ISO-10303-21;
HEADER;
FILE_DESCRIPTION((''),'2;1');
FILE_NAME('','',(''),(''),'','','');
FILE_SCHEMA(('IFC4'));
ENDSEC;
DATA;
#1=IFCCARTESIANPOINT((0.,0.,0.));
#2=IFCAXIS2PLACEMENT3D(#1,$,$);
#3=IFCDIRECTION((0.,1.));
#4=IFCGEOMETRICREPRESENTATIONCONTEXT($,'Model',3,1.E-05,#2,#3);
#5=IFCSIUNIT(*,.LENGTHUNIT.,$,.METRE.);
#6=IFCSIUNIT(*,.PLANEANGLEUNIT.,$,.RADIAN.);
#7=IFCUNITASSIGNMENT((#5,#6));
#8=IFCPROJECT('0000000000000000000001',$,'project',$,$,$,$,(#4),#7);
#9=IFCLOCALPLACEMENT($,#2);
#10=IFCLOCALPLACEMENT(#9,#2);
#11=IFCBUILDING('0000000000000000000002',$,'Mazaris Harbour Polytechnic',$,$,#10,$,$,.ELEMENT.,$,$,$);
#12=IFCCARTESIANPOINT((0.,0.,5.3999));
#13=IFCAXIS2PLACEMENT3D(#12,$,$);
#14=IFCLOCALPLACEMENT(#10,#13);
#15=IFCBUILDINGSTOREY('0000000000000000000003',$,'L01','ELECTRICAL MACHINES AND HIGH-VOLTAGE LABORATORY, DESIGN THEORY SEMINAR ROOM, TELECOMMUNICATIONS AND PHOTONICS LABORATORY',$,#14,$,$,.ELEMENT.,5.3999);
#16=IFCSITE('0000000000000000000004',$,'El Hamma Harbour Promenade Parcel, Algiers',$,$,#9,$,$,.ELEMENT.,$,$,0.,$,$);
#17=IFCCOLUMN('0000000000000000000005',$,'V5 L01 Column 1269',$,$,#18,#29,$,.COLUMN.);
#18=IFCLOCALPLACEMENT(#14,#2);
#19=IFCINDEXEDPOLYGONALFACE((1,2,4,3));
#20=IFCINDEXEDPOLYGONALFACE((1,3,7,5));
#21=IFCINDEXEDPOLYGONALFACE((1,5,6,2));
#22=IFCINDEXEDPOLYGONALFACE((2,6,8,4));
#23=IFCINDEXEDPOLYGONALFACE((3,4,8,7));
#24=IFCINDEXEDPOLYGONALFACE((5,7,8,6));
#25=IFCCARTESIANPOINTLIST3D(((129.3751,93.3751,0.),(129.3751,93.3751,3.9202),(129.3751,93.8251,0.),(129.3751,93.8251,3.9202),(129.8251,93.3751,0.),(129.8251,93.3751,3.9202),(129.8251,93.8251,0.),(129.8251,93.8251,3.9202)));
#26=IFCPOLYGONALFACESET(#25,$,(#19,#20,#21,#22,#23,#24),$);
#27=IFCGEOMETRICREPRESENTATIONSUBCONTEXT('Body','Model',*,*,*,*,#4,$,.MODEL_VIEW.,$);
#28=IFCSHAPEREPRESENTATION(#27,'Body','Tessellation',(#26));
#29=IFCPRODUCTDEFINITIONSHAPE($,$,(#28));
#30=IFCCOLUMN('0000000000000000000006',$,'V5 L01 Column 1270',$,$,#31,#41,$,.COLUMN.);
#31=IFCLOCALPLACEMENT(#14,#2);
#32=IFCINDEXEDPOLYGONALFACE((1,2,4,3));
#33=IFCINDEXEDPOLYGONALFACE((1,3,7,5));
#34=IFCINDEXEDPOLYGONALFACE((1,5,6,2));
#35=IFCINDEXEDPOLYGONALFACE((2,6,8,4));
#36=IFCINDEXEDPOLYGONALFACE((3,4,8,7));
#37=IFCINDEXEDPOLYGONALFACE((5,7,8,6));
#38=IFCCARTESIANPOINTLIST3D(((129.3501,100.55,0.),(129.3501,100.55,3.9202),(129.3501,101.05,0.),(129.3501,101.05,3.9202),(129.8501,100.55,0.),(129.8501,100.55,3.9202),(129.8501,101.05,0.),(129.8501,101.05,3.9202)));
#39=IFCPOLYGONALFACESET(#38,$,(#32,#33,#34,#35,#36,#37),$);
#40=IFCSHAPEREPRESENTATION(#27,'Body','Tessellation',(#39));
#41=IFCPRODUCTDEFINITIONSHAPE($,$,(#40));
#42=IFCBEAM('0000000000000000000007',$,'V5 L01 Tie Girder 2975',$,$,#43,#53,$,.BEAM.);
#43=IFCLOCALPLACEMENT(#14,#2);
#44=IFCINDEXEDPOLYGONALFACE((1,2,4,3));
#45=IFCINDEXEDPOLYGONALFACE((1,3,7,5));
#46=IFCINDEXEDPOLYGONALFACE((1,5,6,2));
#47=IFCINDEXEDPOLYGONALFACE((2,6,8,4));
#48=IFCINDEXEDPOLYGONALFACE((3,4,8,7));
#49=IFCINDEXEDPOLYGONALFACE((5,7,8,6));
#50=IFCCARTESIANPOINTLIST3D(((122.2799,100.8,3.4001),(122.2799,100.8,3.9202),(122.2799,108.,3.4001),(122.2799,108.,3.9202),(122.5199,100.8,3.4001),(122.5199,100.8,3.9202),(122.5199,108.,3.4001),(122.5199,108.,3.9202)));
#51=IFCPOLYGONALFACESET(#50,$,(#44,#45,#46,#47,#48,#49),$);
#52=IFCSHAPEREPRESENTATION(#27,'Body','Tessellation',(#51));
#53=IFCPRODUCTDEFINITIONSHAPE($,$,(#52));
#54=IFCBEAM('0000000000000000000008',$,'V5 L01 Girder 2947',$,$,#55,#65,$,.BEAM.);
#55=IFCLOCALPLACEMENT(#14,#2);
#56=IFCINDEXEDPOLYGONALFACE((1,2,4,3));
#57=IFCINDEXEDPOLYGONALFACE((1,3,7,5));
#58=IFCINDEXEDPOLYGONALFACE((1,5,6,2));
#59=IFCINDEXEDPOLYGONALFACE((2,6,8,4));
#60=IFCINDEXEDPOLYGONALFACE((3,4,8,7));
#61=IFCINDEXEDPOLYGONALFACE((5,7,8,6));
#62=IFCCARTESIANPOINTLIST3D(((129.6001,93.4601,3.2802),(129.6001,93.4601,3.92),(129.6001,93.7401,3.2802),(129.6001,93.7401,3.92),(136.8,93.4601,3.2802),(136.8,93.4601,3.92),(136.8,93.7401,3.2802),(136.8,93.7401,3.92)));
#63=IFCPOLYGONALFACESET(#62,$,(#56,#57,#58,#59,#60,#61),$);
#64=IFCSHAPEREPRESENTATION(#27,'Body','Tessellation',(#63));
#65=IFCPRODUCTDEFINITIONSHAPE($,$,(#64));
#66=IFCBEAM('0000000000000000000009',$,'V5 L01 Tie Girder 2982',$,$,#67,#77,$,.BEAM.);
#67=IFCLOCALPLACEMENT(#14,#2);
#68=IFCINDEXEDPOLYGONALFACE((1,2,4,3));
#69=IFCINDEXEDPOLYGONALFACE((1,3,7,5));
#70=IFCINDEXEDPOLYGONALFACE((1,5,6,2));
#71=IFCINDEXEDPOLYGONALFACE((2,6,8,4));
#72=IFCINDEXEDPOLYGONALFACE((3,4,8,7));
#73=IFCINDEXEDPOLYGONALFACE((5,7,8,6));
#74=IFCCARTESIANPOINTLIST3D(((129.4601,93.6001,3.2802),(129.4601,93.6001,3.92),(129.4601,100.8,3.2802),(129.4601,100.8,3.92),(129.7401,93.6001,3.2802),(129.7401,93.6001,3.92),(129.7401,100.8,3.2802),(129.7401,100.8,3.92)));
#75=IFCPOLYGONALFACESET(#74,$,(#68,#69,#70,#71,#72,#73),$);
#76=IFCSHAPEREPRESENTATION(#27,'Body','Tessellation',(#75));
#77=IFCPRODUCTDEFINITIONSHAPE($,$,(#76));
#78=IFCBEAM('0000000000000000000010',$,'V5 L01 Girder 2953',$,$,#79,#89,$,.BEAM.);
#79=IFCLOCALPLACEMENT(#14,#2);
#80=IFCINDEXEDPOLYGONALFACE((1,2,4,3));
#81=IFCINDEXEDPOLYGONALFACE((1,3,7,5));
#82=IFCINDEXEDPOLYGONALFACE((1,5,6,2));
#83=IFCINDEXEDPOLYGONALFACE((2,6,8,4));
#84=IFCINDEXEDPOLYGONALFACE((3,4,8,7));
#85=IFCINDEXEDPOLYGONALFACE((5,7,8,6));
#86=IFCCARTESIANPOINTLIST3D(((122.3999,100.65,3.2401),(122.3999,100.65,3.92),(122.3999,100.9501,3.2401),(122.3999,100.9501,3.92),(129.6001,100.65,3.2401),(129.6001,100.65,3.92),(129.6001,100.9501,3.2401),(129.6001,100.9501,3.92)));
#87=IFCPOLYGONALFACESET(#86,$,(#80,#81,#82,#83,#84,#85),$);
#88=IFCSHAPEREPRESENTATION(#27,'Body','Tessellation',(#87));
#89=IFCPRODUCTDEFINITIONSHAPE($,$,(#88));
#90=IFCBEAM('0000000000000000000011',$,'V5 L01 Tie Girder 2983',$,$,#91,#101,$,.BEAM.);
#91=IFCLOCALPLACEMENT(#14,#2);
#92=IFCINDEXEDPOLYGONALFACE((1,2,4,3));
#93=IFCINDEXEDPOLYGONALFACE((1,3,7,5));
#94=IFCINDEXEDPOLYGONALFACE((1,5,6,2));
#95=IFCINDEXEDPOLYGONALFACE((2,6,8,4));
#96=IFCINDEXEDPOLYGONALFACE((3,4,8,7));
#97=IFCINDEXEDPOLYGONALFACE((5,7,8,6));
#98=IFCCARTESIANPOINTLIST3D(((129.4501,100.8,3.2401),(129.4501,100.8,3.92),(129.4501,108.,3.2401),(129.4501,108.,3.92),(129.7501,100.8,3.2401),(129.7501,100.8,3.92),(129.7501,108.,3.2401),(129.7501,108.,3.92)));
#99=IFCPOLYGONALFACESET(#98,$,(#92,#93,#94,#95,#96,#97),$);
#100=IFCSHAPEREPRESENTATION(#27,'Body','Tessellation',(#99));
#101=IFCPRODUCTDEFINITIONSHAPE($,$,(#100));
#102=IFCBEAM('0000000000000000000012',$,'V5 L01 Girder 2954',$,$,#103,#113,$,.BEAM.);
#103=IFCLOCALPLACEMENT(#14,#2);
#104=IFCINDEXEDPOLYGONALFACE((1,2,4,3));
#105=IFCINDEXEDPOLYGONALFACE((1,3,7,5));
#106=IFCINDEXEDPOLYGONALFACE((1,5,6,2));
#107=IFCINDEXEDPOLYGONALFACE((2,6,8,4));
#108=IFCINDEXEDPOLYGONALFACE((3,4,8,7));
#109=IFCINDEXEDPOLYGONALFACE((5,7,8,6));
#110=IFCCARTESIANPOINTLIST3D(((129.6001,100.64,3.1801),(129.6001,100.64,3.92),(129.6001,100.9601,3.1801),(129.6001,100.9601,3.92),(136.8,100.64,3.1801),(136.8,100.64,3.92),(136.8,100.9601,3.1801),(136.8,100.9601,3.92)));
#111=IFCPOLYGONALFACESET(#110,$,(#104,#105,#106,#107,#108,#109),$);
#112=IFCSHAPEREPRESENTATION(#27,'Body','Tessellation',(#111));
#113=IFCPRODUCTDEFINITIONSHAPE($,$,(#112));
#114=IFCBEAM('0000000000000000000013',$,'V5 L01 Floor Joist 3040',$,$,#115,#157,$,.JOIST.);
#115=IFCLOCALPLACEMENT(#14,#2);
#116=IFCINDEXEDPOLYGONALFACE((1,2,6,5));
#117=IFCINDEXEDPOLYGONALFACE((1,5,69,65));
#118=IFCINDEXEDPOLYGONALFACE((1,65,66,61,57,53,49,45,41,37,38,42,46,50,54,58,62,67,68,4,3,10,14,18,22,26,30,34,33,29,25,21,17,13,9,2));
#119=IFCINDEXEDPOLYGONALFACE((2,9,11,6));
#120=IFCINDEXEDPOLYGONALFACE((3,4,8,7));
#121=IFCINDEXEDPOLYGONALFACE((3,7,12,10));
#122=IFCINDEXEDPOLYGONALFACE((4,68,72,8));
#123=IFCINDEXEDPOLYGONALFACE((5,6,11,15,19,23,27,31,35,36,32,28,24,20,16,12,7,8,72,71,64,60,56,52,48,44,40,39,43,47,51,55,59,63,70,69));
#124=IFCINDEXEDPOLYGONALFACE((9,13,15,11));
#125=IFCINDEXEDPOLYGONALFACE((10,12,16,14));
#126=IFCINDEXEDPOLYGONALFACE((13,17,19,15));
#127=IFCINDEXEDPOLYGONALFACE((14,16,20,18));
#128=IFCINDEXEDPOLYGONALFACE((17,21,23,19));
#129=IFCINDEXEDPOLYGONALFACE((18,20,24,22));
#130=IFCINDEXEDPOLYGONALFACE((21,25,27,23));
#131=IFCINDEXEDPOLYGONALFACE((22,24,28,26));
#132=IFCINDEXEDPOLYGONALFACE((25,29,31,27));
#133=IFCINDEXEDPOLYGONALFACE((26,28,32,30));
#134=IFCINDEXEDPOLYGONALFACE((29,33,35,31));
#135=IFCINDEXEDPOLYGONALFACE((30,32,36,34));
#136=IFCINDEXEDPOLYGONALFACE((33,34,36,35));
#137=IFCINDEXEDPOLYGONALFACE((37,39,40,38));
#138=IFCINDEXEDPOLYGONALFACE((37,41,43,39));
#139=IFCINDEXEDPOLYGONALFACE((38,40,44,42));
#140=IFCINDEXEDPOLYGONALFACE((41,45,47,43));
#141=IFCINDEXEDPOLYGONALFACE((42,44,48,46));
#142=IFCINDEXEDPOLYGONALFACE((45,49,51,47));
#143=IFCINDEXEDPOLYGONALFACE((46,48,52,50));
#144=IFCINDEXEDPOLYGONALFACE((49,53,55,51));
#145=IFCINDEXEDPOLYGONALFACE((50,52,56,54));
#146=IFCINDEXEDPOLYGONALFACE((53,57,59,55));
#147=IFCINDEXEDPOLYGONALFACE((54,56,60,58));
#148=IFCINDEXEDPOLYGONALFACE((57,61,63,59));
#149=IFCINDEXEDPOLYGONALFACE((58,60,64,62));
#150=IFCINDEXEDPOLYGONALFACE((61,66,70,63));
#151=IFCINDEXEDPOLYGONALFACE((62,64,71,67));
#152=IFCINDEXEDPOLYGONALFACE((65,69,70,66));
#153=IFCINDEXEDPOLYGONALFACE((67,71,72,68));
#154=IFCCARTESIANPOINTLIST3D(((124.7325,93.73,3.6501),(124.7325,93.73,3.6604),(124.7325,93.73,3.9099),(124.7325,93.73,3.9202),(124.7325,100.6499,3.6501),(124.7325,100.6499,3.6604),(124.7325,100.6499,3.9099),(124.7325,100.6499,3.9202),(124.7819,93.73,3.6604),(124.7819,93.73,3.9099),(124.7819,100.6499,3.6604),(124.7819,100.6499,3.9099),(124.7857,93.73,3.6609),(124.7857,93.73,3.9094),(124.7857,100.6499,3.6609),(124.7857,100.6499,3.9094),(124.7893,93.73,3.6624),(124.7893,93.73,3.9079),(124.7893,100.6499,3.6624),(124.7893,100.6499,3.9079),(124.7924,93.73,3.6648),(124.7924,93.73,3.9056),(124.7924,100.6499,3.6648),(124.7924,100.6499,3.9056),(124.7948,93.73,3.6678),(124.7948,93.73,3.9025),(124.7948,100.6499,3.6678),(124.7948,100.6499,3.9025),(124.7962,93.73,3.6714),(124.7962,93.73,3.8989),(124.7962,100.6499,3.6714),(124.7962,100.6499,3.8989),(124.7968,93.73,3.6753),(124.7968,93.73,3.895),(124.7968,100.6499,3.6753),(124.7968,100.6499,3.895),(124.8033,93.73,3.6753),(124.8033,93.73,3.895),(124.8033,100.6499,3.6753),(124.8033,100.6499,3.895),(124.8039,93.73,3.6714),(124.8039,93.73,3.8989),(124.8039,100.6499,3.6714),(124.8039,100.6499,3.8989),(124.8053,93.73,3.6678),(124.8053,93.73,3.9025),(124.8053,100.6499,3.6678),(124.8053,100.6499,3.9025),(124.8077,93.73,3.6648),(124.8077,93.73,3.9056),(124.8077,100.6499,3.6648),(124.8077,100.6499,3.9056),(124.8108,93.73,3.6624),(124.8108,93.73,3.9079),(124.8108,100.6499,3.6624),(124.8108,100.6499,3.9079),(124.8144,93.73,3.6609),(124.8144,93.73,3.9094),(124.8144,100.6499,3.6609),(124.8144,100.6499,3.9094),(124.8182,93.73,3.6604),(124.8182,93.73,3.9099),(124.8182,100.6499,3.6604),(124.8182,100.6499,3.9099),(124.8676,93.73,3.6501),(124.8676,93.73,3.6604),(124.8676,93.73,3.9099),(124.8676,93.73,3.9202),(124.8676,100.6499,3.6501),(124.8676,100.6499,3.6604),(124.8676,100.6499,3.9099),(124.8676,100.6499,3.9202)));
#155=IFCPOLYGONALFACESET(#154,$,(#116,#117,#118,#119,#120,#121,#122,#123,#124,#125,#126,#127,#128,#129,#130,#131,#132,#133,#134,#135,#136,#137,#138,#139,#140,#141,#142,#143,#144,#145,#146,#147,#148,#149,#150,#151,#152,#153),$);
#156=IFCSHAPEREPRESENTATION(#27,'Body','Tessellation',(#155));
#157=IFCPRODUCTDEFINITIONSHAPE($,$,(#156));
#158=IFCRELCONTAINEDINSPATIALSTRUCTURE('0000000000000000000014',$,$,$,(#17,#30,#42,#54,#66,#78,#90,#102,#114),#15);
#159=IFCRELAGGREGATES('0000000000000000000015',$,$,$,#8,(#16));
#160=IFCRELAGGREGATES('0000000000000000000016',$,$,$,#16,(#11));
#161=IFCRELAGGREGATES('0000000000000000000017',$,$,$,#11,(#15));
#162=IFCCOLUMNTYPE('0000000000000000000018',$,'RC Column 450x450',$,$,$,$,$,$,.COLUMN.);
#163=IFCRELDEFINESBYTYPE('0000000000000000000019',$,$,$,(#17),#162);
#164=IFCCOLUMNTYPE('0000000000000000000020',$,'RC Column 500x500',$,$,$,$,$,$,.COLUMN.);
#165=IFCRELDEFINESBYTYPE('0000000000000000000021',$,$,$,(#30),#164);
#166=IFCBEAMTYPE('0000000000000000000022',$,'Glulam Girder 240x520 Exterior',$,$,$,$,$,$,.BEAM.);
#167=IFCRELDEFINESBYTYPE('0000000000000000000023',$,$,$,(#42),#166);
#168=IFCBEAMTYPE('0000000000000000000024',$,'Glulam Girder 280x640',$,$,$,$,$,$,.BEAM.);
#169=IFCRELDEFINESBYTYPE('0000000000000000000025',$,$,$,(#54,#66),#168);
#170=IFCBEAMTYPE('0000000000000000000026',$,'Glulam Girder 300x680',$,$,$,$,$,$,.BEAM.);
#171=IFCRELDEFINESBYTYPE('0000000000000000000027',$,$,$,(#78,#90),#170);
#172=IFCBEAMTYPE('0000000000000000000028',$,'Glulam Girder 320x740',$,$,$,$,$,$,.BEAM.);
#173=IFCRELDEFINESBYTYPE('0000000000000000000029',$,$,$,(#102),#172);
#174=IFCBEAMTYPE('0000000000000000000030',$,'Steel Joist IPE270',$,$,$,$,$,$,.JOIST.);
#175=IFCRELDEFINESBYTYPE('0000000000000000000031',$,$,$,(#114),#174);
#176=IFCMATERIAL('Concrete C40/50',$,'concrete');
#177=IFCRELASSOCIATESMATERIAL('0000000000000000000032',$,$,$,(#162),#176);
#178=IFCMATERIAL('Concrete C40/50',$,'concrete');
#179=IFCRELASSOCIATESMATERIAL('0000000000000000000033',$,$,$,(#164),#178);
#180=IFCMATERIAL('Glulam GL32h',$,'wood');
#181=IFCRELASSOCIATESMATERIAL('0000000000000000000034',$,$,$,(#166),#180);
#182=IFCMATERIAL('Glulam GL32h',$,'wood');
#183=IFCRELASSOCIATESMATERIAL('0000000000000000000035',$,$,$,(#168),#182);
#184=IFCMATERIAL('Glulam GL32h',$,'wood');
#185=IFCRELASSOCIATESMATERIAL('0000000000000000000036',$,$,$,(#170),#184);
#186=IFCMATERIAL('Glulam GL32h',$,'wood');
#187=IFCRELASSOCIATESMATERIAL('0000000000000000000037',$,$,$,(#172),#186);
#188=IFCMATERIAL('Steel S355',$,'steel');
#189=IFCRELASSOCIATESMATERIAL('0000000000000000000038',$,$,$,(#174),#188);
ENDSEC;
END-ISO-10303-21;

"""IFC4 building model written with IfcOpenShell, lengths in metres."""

from ifc_helpers import new_model, si_unit, direction, frame, origin, origin_2d, place, context, subcontext, project, spatial, rectangle, i_section, extrude, material, material_profile, profile_set, type_object, element, save


model = new_model("IFC4")

# Units and contexts
model_context = context("Model", 3, precision=1e-05, world=origin(), true_north=direction((0.0, 1.0)))
body_context = subcontext(model_context, "Body", "Model", "MODEL_VIEW")
ifc_project = project(units=[si_unit("LENGTHUNIT", "METRE"), si_unit("PLANEANGLEUNIT", "RADIAN")], contexts=[model_context])

# Site, building, storey
site_placement = place(None, origin())
site = spatial("IfcSite", under=ifc_project, at=site_placement, Name="El Hamma Harbour Promenade Parcel, Algiers", CompositionType="ELEMENT", RefElevation=0.0)
building_placement = place(site_placement, origin())
building = spatial("IfcBuilding", under=site, at=building_placement, Name="Mazaris Harbour Polytechnic", CompositionType="ELEMENT")
storey_placement = place(building_placement, frame((0.0, 0.0, 5.3999)))
storey = spatial("IfcBuildingStorey", under=building, at=storey_placement, Name="L01", Description="ELECTRICAL MACHINES AND HIGH-VOLTAGE LABORATORY, DESIGN THEORY SEMINAR ROOM, TELECOMMUNICATIONS AND PHOTONICS LABORATORY", CompositionType="ELEMENT", Elevation=5.3999)

# Columns
ifc_material_1 = material(Name="Concrete C40/50", Category="concrete")
ifc_material_profile_1 = material_profile(ifc_material_1, rectangle(XDim=0.45, YDim=0.45, at=origin_2d()), Name="RECT450x450")
ifc_profile_set_1 = profile_set([ifc_material_profile_1], Name="Concrete C40/50")
column_type_1 = type_object("IfcColumnType", Name="RC Column 450x450", PredefinedType="COLUMN", material=ifc_profile_set_1)
column_1_placement = place(storey_placement, frame((129.6001, 93.6001, 0.0), z_axis=(0.0, 0.0, 1.0), x_axis=(1.0, 0.0, 0.0)))
element("IfcColumn", 1, at=column_1_placement, inside=storey, type_object=column_type_1, Name="V5 L01 Column 1269", PredefinedType="COLUMN", context=body_context, shape_type="SweptSolid", body=[
    extrude(rectangle(XDim=0.45, YDim=0.45, at=origin_2d()), origin(), (0.0, 0.0, 1.0), 3.9202),
])
ifc_material_2 = material(Name="Concrete C40/50", Category="concrete")
ifc_material_profile_2 = material_profile(ifc_material_2, rectangle(XDim=0.5, YDim=0.5, at=origin_2d()), Name="RECT500x500")
ifc_profile_set_2 = profile_set([ifc_material_profile_2], Name="Concrete C40/50")
column_type_2 = type_object("IfcColumnType", Name="RC Column 500x500", PredefinedType="COLUMN", material=ifc_profile_set_2)
column_2_placement = place(storey_placement, frame((129.6001, 100.8, 0.0), z_axis=(0.0, 0.0, 1.0), x_axis=(1.0, 0.0, 0.0)))
element("IfcColumn", 2, at=column_2_placement, inside=storey, type_object=column_type_2, Name="V5 L01 Column 1270", PredefinedType="COLUMN", context=body_context, shape_type="SweptSolid", body=[
    extrude(rectangle(XDim=0.5, YDim=0.5, at=origin_2d()), origin(), (0.0, 0.0, 1.0), 3.9202),
])

# Beams
ifc_material_3 = material(Name="Glulam GL32h", Category="wood")
ifc_material_profile_3 = material_profile(ifc_material_3, rectangle(XDim=0.24, YDim=0.52, at=origin_2d()), Name="RECT240x520")
ifc_profile_set_3 = profile_set([ifc_material_profile_3], Name="Glulam GL32h")
beam_type_1 = type_object("IfcBeamType", Name="Glulam Girder 240x520 Exterior", PredefinedType="BEAM", material=ifc_profile_set_3)
beam_1_placement = place(storey_placement, frame((122.3999, 100.8, 3.6602), z_axis=(0.0, 1.0, 0.0), x_axis=(-1.0, 0.0, 0.0)))
element("IfcBeam", 3, at=beam_1_placement, inside=storey, type_object=beam_type_1, Name="V5 L01 Tie Girder 2975", PredefinedType="BEAM", context=body_context, shape_type="SweptSolid", body=[
    extrude(rectangle(XDim=0.24, YDim=0.52, at=origin_2d()), origin(), (0.0, 0.0, 1.0), 7.2),
])
ifc_material_4 = material(Name="Glulam GL32h", Category="wood")
ifc_material_profile_4 = material_profile(ifc_material_4, rectangle(XDim=0.28, YDim=0.6399, at=origin_2d()), Name="RECT280x640")
ifc_profile_set_4 = profile_set([ifc_material_profile_4], Name="Glulam GL32h")
beam_type_2 = type_object("IfcBeamType", Name="Glulam Girder 280x640", PredefinedType="BEAM", material=ifc_profile_set_4)
for number, where, z_axis, x_axis, name in (
    (4, (129.6001, 93.6001, 3.6001), (1.0, 0.0, 0.0), (0.0, 1.0, 0.0), "V5 L01 Girder 2947"),
    (5, (129.6001, 93.6001, 3.6001), (0.0, 1.0, 0.0), (-1.0, 0.0, 0.0), "V5 L01 Tie Girder 2982"),
):
    element("IfcBeam", number, at=place(storey_placement, frame(where, z_axis=z_axis, x_axis=x_axis)), inside=storey, type_object=beam_type_2, Name=name, PredefinedType="BEAM", context=body_context, shape_type="SweptSolid", body=[
        extrude(rectangle(XDim=0.28, YDim=0.6399, at=origin_2d()), origin(), (0.0, 0.0, 1.0), 7.2),
    ])
ifc_material_5 = material(Name="Glulam GL32h", Category="wood")
ifc_material_profile_5 = material_profile(ifc_material_5, rectangle(XDim=0.3, YDim=0.6799, at=origin_2d()), Name="RECT300x680")
ifc_profile_set_5 = profile_set([ifc_material_profile_5], Name="Glulam GL32h")
beam_type_3 = type_object("IfcBeamType", Name="Glulam Girder 300x680", PredefinedType="BEAM", material=ifc_profile_set_5)
beam_2_placement = place(storey_placement, frame((122.3999, 100.8, 3.5801), z_axis=(1.0, 0.0, 0.0), x_axis=(0.0, 1.0, 0.0)))
element("IfcBeam", 6, at=beam_2_placement, inside=storey, type_object=beam_type_3, Name="V5 L01 Girder 2953", PredefinedType="BEAM", context=body_context, shape_type="SweptSolid", body=[
    extrude(rectangle(XDim=0.3, YDim=0.6799, at=origin_2d()), origin(), (0.0, 0.0, 1.0), 7.2002),
])
beam_3_placement = place(storey_placement, frame((129.6001, 100.8, 3.5801), z_axis=(0.0, 1.0, 0.0), x_axis=(-1.0, 0.0, 0.0)))
element("IfcBeam", 7, at=beam_3_placement, inside=storey, type_object=beam_type_3, Name="V5 L01 Tie Girder 2983", PredefinedType="BEAM", context=body_context, shape_type="SweptSolid", body=[
    extrude(rectangle(XDim=0.3, YDim=0.6799, at=origin_2d()), origin(), (0.0, 0.0, 1.0), 7.2),
])
ifc_material_6 = material(Name="Glulam GL32h", Category="wood")
ifc_material_profile_6 = material_profile(ifc_material_6, rectangle(XDim=0.3201, YDim=0.74, at=origin_2d()), Name="RECT320x740")
ifc_profile_set_6 = profile_set([ifc_material_profile_6], Name="Glulam GL32h")
beam_type_4 = type_object("IfcBeamType", Name="Glulam Girder 320x740", PredefinedType="BEAM", material=ifc_profile_set_6)
beam_4_placement = place(storey_placement, frame((129.6001, 100.8, 3.55), z_axis=(1.0, 0.0, 0.0), x_axis=(0.0, 1.0, 0.0)))
element("IfcBeam", 8, at=beam_4_placement, inside=storey, type_object=beam_type_4, Name="V5 L01 Girder 2954", PredefinedType="BEAM", context=body_context, shape_type="SweptSolid", body=[
    extrude(rectangle(XDim=0.3201, YDim=0.74, at=origin_2d()), origin(), (0.0, 0.0, 1.0), 7.2),
])
ifc_material_7 = material(Name="Steel S355", Category="steel")
ifc_material_profile_7 = material_profile(ifc_material_7, i_section(OverallWidth=0.135, OverallDepth=0.27, WebThickness=0.0066, FlangeThickness=0.0103, FilletRadius=0.0149, at=origin_2d()), Name="IPE 270")
ifc_profile_set_7 = profile_set([ifc_material_profile_7], Name="Steel S355")
beam_type_5 = type_object("IfcBeamType", Name="Steel Joist IPE270", PredefinedType="JOIST", material=ifc_profile_set_7)
beam_5_placement = place(storey_placement, frame((124.8, 93.73, 3.7852), z_axis=(0.0, 1.0, 0.0), x_axis=(-1.0, 0.0, 0.0)))
element("IfcBeam", 9, at=beam_5_placement, inside=storey, type_object=beam_type_5, Name="V5 L01 Floor Joist 3040", PredefinedType="JOIST", context=body_context, shape_type="SweptSolid", body=[
    extrude(i_section(OverallWidth=0.135, OverallDepth=0.27, WebThickness=0.0066, FlangeThickness=0.0103, FilletRadius=0.0149, at=origin_2d()), origin(), (0.0, 0.0, 1.0), 6.9199),
])

save(model, "model.ifc")
